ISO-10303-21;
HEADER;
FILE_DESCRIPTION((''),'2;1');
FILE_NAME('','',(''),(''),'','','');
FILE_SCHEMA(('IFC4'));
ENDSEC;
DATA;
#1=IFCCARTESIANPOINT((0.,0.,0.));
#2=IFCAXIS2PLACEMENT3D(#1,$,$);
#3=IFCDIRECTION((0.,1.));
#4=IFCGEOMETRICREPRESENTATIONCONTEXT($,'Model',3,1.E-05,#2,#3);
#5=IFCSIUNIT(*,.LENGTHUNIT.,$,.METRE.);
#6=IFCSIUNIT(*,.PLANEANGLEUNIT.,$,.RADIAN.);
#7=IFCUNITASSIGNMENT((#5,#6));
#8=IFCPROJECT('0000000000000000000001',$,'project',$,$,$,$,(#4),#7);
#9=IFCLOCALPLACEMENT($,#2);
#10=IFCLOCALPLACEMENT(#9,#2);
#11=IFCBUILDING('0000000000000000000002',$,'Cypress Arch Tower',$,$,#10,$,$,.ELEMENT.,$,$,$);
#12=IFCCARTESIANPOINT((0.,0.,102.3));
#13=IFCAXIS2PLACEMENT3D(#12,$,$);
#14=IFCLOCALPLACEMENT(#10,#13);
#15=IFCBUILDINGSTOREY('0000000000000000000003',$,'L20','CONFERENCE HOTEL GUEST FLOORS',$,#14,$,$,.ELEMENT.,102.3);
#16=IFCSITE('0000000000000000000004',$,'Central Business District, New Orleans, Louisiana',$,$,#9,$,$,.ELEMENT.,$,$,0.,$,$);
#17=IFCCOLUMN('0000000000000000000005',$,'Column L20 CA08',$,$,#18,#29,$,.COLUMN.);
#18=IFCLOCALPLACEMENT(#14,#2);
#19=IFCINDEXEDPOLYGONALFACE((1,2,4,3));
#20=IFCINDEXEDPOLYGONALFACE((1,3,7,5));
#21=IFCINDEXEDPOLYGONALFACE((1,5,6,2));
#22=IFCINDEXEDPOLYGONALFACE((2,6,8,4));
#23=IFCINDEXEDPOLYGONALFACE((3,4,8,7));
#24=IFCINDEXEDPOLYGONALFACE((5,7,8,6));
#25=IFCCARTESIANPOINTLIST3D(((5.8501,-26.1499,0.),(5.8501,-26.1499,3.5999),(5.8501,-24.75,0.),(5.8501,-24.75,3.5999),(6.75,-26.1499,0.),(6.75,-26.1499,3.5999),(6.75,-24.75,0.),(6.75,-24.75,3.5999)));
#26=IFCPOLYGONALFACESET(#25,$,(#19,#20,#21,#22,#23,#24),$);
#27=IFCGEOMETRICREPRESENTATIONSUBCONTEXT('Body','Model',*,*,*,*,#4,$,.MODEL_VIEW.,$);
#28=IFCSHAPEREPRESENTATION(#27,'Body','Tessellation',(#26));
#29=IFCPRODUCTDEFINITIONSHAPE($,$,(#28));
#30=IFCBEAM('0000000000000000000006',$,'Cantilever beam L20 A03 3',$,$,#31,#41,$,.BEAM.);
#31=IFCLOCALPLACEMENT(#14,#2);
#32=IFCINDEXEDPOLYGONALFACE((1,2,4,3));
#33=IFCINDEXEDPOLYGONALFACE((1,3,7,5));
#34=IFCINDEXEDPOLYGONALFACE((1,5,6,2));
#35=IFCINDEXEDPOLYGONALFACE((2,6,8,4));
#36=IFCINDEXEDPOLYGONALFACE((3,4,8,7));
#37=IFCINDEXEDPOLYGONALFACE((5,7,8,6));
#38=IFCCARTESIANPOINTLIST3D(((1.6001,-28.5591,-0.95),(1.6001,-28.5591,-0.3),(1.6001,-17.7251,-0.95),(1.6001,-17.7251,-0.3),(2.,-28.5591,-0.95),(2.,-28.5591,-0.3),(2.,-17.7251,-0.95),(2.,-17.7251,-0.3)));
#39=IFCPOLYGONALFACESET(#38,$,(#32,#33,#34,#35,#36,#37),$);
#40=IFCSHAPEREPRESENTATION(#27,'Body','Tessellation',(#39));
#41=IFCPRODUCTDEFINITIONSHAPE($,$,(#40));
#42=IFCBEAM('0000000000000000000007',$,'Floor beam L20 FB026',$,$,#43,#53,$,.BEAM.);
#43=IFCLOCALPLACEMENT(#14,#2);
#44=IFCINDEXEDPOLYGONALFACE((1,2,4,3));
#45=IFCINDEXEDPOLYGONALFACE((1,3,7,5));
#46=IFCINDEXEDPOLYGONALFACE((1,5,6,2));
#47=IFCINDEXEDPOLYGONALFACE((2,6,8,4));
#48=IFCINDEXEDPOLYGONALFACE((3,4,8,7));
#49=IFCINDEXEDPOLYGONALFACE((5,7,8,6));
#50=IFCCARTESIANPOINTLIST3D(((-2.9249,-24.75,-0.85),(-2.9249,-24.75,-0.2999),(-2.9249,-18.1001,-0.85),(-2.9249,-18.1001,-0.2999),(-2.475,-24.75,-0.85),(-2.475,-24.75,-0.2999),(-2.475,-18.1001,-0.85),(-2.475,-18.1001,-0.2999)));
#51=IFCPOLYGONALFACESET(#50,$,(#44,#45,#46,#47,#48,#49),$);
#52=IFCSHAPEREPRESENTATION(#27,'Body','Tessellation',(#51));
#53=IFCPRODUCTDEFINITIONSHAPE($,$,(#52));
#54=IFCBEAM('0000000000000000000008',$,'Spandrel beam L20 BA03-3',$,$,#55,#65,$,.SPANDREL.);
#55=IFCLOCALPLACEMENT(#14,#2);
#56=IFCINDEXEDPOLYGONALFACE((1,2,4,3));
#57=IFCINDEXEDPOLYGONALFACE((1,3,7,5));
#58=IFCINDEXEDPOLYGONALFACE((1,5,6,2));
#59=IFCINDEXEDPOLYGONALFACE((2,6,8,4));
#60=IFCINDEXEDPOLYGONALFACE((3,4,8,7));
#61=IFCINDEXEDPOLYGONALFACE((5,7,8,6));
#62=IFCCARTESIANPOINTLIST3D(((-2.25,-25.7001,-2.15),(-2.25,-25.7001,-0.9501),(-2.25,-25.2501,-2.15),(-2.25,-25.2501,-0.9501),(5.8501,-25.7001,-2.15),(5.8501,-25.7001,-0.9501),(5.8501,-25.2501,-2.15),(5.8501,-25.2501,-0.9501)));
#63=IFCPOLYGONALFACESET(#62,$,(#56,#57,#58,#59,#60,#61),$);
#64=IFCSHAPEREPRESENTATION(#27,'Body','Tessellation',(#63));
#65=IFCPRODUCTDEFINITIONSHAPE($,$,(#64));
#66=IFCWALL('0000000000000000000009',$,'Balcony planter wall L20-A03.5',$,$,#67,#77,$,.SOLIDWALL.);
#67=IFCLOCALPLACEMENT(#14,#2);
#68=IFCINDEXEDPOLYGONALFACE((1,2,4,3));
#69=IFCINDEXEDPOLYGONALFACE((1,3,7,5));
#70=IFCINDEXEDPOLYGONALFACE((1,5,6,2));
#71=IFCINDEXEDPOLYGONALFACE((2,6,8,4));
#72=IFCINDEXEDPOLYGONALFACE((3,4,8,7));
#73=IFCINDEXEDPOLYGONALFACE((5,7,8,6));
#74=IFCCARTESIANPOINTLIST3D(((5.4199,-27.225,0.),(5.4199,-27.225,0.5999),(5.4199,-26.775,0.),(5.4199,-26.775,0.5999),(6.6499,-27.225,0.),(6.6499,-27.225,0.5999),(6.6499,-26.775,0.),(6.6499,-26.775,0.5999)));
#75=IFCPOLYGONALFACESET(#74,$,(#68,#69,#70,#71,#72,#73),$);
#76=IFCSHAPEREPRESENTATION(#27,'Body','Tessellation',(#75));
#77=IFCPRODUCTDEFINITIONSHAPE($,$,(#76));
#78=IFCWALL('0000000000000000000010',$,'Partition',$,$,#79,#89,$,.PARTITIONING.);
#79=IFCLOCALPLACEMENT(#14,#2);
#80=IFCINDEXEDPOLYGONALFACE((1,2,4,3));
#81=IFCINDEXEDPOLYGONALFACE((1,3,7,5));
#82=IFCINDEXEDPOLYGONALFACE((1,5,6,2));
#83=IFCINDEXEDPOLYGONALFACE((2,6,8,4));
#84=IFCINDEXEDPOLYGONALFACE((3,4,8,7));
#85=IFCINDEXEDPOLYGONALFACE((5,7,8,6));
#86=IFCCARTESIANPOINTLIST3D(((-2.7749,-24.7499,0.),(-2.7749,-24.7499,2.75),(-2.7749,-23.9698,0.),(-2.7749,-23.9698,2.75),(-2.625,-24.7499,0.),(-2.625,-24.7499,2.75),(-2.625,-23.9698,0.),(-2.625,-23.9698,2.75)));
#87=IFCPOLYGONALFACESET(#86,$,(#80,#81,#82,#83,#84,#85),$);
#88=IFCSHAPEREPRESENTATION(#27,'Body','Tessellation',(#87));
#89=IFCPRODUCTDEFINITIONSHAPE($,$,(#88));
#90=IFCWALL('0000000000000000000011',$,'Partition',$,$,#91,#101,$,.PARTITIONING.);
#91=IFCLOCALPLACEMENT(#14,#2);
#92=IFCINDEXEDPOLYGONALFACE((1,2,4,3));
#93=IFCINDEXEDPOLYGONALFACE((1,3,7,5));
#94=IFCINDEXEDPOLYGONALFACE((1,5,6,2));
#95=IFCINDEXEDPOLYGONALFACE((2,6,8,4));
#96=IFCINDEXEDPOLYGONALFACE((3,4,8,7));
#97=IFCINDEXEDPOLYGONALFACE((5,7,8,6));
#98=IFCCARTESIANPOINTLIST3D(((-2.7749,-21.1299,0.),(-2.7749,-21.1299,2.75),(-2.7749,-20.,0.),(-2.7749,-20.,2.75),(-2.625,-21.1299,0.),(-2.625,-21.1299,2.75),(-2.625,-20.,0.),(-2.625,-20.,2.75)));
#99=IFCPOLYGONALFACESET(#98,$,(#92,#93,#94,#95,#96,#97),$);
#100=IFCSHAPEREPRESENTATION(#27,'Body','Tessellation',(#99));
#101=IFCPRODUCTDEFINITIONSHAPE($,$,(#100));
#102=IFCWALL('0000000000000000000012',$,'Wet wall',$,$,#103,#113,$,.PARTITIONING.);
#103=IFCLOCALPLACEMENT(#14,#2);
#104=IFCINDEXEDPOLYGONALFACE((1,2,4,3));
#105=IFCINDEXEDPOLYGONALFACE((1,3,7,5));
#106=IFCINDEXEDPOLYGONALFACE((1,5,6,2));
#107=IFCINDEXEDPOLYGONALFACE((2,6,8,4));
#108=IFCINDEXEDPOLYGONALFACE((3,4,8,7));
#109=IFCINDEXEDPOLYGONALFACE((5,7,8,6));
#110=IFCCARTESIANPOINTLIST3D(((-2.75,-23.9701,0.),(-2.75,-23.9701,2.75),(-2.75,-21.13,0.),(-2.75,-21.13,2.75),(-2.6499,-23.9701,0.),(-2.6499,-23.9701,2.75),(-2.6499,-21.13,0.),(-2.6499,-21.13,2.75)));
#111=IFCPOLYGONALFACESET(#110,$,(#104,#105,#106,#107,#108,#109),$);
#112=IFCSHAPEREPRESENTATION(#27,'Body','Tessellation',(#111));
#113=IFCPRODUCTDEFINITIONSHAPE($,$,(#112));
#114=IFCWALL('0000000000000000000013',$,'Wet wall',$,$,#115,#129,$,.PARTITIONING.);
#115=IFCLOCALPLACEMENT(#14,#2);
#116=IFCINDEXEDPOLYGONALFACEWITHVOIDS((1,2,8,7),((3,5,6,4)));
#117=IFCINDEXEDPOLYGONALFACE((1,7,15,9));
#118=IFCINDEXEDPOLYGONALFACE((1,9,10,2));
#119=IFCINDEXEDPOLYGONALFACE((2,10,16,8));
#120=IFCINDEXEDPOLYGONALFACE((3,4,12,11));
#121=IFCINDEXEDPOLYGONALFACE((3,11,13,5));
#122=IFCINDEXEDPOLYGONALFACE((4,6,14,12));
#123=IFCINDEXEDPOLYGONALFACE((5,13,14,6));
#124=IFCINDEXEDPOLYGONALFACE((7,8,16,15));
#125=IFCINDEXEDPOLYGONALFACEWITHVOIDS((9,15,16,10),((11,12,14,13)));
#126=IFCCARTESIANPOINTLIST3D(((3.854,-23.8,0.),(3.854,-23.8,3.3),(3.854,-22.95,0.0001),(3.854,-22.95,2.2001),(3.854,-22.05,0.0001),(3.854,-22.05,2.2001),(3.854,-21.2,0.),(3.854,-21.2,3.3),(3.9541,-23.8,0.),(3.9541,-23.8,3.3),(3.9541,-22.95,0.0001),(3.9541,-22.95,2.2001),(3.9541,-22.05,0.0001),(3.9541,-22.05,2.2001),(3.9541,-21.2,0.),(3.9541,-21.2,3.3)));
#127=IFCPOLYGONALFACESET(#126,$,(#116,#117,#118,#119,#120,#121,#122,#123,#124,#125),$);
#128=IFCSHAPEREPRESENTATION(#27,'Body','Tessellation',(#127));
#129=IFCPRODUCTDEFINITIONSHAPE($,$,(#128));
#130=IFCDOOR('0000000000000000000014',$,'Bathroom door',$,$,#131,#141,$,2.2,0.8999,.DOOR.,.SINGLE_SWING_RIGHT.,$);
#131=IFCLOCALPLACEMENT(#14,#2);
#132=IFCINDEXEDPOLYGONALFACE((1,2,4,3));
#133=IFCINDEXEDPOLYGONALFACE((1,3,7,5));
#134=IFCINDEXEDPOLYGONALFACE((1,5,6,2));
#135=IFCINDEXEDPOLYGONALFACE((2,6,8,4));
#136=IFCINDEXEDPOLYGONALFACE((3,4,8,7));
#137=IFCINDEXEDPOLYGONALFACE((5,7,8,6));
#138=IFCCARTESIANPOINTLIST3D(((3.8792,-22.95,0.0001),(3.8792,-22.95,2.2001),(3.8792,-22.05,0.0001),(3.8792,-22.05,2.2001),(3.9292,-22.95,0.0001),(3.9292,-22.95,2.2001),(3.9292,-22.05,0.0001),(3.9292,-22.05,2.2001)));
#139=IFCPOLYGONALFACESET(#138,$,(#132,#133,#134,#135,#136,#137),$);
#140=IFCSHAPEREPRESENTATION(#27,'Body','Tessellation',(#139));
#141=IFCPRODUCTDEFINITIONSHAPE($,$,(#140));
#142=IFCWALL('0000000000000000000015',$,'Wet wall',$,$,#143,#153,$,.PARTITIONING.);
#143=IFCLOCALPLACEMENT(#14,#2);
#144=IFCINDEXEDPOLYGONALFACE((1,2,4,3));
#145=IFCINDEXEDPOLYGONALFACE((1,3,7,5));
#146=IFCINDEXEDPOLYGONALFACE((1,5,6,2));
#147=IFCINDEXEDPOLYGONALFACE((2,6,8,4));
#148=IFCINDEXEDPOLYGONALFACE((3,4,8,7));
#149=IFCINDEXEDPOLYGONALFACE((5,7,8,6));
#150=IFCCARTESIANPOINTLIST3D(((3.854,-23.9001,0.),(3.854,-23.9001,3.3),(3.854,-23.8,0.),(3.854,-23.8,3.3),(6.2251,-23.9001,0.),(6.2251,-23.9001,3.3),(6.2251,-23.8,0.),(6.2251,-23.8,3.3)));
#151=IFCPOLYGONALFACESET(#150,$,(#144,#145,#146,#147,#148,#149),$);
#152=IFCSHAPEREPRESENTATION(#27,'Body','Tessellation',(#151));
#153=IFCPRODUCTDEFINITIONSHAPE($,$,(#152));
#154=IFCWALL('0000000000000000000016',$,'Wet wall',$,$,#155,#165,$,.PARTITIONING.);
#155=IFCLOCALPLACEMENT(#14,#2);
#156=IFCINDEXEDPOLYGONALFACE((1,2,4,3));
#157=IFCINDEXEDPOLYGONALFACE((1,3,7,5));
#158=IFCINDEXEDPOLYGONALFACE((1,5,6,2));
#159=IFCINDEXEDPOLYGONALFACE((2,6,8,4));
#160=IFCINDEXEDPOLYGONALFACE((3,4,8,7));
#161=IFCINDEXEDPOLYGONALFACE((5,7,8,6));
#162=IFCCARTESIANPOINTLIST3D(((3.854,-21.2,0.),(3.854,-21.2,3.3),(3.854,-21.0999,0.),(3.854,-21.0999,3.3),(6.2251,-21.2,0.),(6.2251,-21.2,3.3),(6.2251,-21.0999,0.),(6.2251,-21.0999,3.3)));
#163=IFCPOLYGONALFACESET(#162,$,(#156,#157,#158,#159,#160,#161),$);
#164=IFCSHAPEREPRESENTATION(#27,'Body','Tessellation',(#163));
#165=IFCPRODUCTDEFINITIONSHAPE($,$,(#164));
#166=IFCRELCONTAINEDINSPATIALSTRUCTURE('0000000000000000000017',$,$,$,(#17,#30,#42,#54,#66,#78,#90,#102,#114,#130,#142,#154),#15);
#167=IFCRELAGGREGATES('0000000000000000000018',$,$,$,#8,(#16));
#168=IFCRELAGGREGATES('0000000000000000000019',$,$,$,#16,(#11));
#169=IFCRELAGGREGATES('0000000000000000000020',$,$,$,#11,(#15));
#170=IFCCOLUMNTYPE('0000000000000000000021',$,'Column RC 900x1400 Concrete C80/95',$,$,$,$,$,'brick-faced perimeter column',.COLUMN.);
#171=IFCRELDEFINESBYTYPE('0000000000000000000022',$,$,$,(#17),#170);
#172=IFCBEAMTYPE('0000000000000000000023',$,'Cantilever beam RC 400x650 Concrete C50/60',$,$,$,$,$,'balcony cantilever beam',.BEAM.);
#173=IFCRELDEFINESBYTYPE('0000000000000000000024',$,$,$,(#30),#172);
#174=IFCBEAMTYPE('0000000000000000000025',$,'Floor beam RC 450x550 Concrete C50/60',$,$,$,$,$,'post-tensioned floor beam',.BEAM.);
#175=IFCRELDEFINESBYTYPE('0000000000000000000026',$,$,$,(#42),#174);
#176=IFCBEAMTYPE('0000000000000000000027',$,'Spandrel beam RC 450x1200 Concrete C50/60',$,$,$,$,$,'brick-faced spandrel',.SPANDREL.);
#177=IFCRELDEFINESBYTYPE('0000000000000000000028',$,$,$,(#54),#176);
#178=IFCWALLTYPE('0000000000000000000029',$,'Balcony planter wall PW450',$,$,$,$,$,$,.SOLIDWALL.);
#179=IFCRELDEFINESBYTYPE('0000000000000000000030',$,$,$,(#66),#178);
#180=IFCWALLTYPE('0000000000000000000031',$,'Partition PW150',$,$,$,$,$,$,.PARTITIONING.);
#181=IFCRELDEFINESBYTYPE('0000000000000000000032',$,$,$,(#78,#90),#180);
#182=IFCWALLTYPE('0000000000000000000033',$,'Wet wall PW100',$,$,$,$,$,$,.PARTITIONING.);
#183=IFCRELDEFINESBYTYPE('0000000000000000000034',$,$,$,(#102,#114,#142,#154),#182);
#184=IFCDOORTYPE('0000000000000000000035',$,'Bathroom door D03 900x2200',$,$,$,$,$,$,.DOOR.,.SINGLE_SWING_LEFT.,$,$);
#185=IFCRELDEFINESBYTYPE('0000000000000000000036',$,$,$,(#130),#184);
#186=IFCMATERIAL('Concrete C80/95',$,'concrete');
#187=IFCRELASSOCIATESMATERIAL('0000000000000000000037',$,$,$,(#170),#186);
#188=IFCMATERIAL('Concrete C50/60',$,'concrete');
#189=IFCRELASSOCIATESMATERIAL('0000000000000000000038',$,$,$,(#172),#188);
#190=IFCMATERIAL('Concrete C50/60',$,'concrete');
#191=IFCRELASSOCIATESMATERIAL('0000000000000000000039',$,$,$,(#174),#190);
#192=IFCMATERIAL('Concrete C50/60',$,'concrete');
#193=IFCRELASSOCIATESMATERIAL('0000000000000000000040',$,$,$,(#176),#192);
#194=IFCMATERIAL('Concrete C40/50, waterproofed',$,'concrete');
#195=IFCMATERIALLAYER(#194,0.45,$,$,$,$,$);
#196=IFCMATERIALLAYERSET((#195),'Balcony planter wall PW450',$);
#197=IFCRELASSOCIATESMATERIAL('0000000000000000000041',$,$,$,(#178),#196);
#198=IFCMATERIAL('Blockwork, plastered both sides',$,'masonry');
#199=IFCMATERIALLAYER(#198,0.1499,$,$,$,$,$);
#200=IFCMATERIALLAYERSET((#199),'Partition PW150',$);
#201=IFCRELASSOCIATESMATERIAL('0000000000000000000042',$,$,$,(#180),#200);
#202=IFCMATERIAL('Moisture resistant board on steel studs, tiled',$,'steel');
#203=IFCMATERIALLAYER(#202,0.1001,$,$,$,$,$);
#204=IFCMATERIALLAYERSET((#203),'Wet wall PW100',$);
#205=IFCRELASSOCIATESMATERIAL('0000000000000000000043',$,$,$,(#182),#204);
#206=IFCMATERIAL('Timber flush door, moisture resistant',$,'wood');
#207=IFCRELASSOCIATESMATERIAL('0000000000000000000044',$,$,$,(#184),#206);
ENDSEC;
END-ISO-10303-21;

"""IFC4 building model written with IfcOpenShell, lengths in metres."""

from ifc_helpers import new_model, si_unit, direction, frame, frame_2d, origin, origin_2d, place, context, subcontext, project, spatial, rectangle, extrude, material, layer, layer_set, material_profile, profile_set, type_object, element, fill, save


model = new_model("IFC4")

# Units and contexts
model_context = context("Model", 3, precision=1e-05, world=origin(), true_north=direction((0.0, 1.0)))
body_context = subcontext(model_context, "Body", "Model", "MODEL_VIEW")
ifc_project = project(units=[si_unit("LENGTHUNIT", "METRE"), si_unit("PLANEANGLEUNIT", "RADIAN")], contexts=[model_context])

# Site, building, storey
site_placement = place(None, origin())
site = spatial("IfcSite", under=ifc_project, at=site_placement, Name="Central Business District, New Orleans, Louisiana", CompositionType="ELEMENT", RefElevation=0.0)
building_placement = place(site_placement, origin())
building = spatial("IfcBuilding", under=site, at=building_placement, Name="Cypress Arch Tower", CompositionType="ELEMENT")
storey_placement = place(building_placement, frame((0.0, 0.0, 102.3)))
storey = spatial("IfcBuildingStorey", under=building, at=storey_placement, Name="L20", Description="CONFERENCE HOTEL GUEST FLOORS", CompositionType="ELEMENT", Elevation=102.3)

# Column
ifc_material_1 = material(Name="Concrete C80/95", Category="concrete")
ifc_material_profile_1 = material_profile(ifc_material_1, rectangle(XDim=0.8999, YDim=1.3999, at=origin_2d()), Name="RC 900x1400")
ifc_profile_set_1 = profile_set([ifc_material_profile_1], Name="Concrete C80/95")
column_type = type_object("IfcColumnType", Name="Column RC 900x1400 Concrete C80/95", ElementType="brick-faced perimeter column", PredefinedType="COLUMN", material=ifc_profile_set_1)
column_placement = place(storey_placement, frame((6.3, -25.45, 0.0), z_axis=(0.0, 0.0, 1.0), x_axis=(1.0, 0.0, 0.0)))
element("IfcColumn", 1, at=column_placement, inside=storey, type_object=column_type, Name="Column L20 CA08", PredefinedType="COLUMN", context=body_context, shape_type="SweptSolid", body=[
    extrude(rectangle(XDim=0.8999, YDim=1.3999, at=origin_2d()), origin(), (0.0, 0.0, 1.0), 3.5999),
])

# Beams
ifc_material_2 = material(Name="Concrete C50/60", Category="concrete")
ifc_material_profile_2 = material_profile(ifc_material_2, rectangle(XDim=0.3999, YDim=0.6499, at=origin_2d()), Name="RC 400x650")
ifc_profile_set_2 = profile_set([ifc_material_profile_2], Name="Concrete C50/60")
beam_type_1 = type_object("IfcBeamType", Name="Cantilever beam RC 400x650 Concrete C50/60", ElementType="balcony cantilever beam", PredefinedType="BEAM", material=ifc_profile_set_2)
beam_1_placement = place(storey_placement, frame((1.8, -17.7251, -0.625), z_axis=(0.0, -1.0, 0.0), x_axis=(1.0, 0.0, 0.0)))
element("IfcBeam", 2, at=beam_1_placement, inside=storey, type_object=beam_type_1, Name="Cantilever beam L20 A03 3", PredefinedType="BEAM", context=body_context, shape_type="SweptSolid", body=[
    extrude(rectangle(XDim=0.3999, YDim=0.6499, at=origin_2d()), origin(), (0.0, 0.0, 1.0), 10.834),
])
ifc_material_3 = material(Name="Concrete C50/60", Category="concrete")
ifc_material_profile_3 = material_profile(ifc_material_3, rectangle(XDim=0.45, YDim=0.55, at=origin_2d()), Name="RC 450x550")
ifc_profile_set_3 = profile_set([ifc_material_profile_3], Name="Concrete C50/60")
beam_type_2 = type_object("IfcBeamType", Name="Floor beam RC 450x550 Concrete C50/60", ElementType="post-tensioned floor beam", PredefinedType="BEAM", material=ifc_profile_set_3)
beam_2_placement = place(storey_placement, frame((-2.7, -24.75, -0.575), z_axis=(0.0, 1.0, 0.0), x_axis=(-1.0, 0.0, 0.0)))
element("IfcBeam", 3, at=beam_2_placement, inside=storey, type_object=beam_type_2, Name="Floor beam L20 FB026", PredefinedType="BEAM", context=body_context, shape_type="SweptSolid", body=[
    extrude(rectangle(XDim=0.45, YDim=0.55, at=origin_2d()), origin(), (0.0, 0.0, 1.0), 6.6499),
])
ifc_material_4 = material(Name="Concrete C50/60", Category="concrete")
ifc_material_profile_4 = material_profile(ifc_material_4, rectangle(XDim=0.45, YDim=1.2, at=origin_2d()), Name="RC 450x1200")
ifc_profile_set_4 = profile_set([ifc_material_profile_4], Name="Concrete C50/60")
beam_type_3 = type_object("IfcBeamType", Name="Spandrel beam RC 450x1200 Concrete C50/60", ElementType="brick-faced spandrel", PredefinedType="SPANDREL", material=ifc_profile_set_4)
beam_3_placement = place(storey_placement, frame((-2.25, -25.4751, -1.55), z_axis=(1.0, 0.0, 0.0), x_axis=(0.0, 1.0, 0.0)))
element("IfcBeam", 4, at=beam_3_placement, inside=storey, type_object=beam_type_3, Name="Spandrel beam L20 BA03-3", PredefinedType="SPANDREL", context=body_context, shape_type="SweptSolid", body=[
    extrude(rectangle(XDim=0.45, YDim=1.2, at=origin_2d()), origin(), (0.0, 0.0, 1.0), 8.1001),
])

# Wall
ifc_material_5 = material(Name="Concrete C40/50, waterproofed", Category="concrete")
ifc_layer_1 = layer(ifc_material_5, 0.45)
ifc_layer_set_1 = layer_set([ifc_layer_1], Name="Balcony planter wall PW450")
wall_type_1 = type_object("IfcWallType", Name="Balcony planter wall PW450", PredefinedType="SOLIDWALL", material=ifc_layer_set_1)
wall_1_placement = place(storey_placement, frame((5.4199, -27.0, 0.0), z_axis=(0.0, 0.0, 1.0), x_axis=(1.0, 0.0, 0.0)))
element("IfcWall", 5, at=wall_1_placement, inside=storey, type_object=wall_type_1, Name="Balcony planter wall L20-A03.5", PredefinedType="SOLIDWALL", context=body_context, shape_type="SweptSolid", body=[
    extrude(rectangle(XDim=1.23, YDim=0.45, at=frame_2d((0.615, 0.0))), origin(), (0.0, 0.0, 1.0), 0.5999),
])

# Walls
ifc_material_6 = material(Name="Blockwork, plastered both sides", Category="masonry")
ifc_layer_2 = layer(ifc_material_6, 0.1499)
ifc_layer_set_2 = layer_set([ifc_layer_2], Name="Partition PW150")
wall_type_2 = type_object("IfcWallType", Name="Partition PW150", PredefinedType="PARTITIONING", material=ifc_layer_set_2)
wall_2_placement = place(storey_placement, frame((-2.7, -24.75, 0.0), z_axis=(0.0, 0.0, 1.0), x_axis=(0.0, 1.0, 0.0)))
element("IfcWall", 6, at=wall_2_placement, inside=storey, type_object=wall_type_2, Name="Partition", PredefinedType="PARTITIONING", context=body_context, shape_type="SweptSolid", body=[
    extrude(rectangle(XDim=0.78, YDim=0.1499, at=frame_2d((0.3901, 0.0))), origin(), (0.0, 0.0, 1.0), 2.75),
])
wall_3_placement = place(storey_placement, frame((-2.7, -21.1299, 0.0), z_axis=(0.0, 0.0, 1.0), x_axis=(0.0, 1.0, 0.0)))
element("IfcWall", 7, at=wall_3_placement, inside=storey, type_object=wall_type_2, Name="Partition", PredefinedType="PARTITIONING", context=body_context, shape_type="SweptSolid", body=[
    extrude(rectangle(XDim=1.1299, YDim=0.1499, at=frame_2d((0.5649, 0.0))), origin(), (0.0, 0.0, 1.0), 2.75),
])
ifc_material_7 = material(Name="Moisture resistant board on steel studs, tiled", Category="steel")
ifc_layer_3 = layer(ifc_material_7, 0.1001)
ifc_layer_set_3 = layer_set([ifc_layer_3], Name="Wet wall PW100")
wall_type_3 = type_object("IfcWallType", Name="Wet wall PW100", PredefinedType="PARTITIONING", material=ifc_layer_set_3)
wall_4_placement = place(storey_placement, frame((-2.7, -23.97, 0.0), z_axis=(0.0, 0.0, 1.0), x_axis=(0.0, 1.0, 0.0)))
element("IfcWall", 8, at=wall_4_placement, inside=storey, type_object=wall_type_3, Name="Wet wall", PredefinedType="PARTITIONING", context=body_context, shape_type="SweptSolid", body=[
    extrude(rectangle(XDim=2.8401, YDim=0.1001, at=frame_2d((1.4199, 0.0))), origin(), (0.0, 0.0, 1.0), 2.75),
])

# Wall, opening, door
wall_5_placement = place(storey_placement, frame((3.9041, -23.8, 0.0), z_axis=(0.0, 0.0, 1.0), x_axis=(0.0, 1.0, 0.0)))
wall_5 = element("IfcWall", 9, at=wall_5_placement, inside=storey, type_object=wall_type_3, Name="Wet wall", PredefinedType="PARTITIONING", context=body_context, shape_type="SweptSolid", body=[
    extrude(rectangle(XDim=2.6001, YDim=0.1001, at=frame_2d((1.3, 0.0))), origin(), (0.0, 0.0, 1.0), 3.3),
])
opening_1_placement = place(wall_5_placement, frame((0.8501, 0.0, 0.0)))
opening_1 = element("IfcOpeningElement", 10, at=opening_1_placement, cuts=wall_5, PredefinedType="OPENING", context=body_context, shape_type="SweptSolid", body=[
    extrude(rectangle(XDim=0.8999, YDim=2.2, at=frame_2d((0.45, 1.1001))), frame((0.0, 0.0601, 0.0), z_axis=(0.0, -1.0, 0.0), x_axis=(1.0, 0.0, 0.0)), (0.0, 0.0, 1.0), 0.1201),
])
ifc_material_8 = material(Name="Timber flush door, moisture resistant", Category="wood")
door_type_1 = type_object("IfcDoorType", Name="Bathroom door D03 900x2200", OperationType="SINGLE_SWING_LEFT", PredefinedType="DOOR", material=ifc_material_8)
door_1_placement = place(opening_1_placement, origin())
door_1 = element("IfcDoor", 11, at=door_1_placement, inside=storey, type_object=door_type_1, Name="Bathroom door", OperationType="SINGLE_SWING_RIGHT", OverallHeight=2.2, OverallWidth=0.8999, PredefinedType="DOOR", context=body_context, shape_type="SweptSolid", body=[
    extrude(rectangle(XDim=0.8999, YDim=2.2, at=frame_2d((0.45, 1.1001))), frame((0.0, 0.0249, 0.0), z_axis=(0.0, -1.0, 0.0), x_axis=(1.0, 0.0, 0.0)), (0.0, 0.0, 1.0), 0.05),
])
fill(opening_1, door_1)

# Walls
for number, where, z_axis, x_axis, name in (
    (12, (3.854, -23.8501, 0.0), (0.0, 0.0, 1.0), (1.0, 0.0, 0.0), "Wet wall"),
    (13, (3.854, -21.1499, 0.0), (0.0, 0.0, 1.0), (1.0, 0.0, 0.0), "Wet wall"),
):
    element("IfcWall", number, at=place(storey_placement, frame(where, z_axis=z_axis, x_axis=x_axis)), inside=storey, type_object=wall_type_3, Name=name, PredefinedType="PARTITIONING", context=body_context, shape_type="SweptSolid", body=[
        extrude(rectangle(XDim=2.3711, YDim=0.1001, at=frame_2d((1.1855, 0.0))), origin(), (0.0, 0.0, 1.0), 3.3),
    ])

save(model, "model.ifc")
